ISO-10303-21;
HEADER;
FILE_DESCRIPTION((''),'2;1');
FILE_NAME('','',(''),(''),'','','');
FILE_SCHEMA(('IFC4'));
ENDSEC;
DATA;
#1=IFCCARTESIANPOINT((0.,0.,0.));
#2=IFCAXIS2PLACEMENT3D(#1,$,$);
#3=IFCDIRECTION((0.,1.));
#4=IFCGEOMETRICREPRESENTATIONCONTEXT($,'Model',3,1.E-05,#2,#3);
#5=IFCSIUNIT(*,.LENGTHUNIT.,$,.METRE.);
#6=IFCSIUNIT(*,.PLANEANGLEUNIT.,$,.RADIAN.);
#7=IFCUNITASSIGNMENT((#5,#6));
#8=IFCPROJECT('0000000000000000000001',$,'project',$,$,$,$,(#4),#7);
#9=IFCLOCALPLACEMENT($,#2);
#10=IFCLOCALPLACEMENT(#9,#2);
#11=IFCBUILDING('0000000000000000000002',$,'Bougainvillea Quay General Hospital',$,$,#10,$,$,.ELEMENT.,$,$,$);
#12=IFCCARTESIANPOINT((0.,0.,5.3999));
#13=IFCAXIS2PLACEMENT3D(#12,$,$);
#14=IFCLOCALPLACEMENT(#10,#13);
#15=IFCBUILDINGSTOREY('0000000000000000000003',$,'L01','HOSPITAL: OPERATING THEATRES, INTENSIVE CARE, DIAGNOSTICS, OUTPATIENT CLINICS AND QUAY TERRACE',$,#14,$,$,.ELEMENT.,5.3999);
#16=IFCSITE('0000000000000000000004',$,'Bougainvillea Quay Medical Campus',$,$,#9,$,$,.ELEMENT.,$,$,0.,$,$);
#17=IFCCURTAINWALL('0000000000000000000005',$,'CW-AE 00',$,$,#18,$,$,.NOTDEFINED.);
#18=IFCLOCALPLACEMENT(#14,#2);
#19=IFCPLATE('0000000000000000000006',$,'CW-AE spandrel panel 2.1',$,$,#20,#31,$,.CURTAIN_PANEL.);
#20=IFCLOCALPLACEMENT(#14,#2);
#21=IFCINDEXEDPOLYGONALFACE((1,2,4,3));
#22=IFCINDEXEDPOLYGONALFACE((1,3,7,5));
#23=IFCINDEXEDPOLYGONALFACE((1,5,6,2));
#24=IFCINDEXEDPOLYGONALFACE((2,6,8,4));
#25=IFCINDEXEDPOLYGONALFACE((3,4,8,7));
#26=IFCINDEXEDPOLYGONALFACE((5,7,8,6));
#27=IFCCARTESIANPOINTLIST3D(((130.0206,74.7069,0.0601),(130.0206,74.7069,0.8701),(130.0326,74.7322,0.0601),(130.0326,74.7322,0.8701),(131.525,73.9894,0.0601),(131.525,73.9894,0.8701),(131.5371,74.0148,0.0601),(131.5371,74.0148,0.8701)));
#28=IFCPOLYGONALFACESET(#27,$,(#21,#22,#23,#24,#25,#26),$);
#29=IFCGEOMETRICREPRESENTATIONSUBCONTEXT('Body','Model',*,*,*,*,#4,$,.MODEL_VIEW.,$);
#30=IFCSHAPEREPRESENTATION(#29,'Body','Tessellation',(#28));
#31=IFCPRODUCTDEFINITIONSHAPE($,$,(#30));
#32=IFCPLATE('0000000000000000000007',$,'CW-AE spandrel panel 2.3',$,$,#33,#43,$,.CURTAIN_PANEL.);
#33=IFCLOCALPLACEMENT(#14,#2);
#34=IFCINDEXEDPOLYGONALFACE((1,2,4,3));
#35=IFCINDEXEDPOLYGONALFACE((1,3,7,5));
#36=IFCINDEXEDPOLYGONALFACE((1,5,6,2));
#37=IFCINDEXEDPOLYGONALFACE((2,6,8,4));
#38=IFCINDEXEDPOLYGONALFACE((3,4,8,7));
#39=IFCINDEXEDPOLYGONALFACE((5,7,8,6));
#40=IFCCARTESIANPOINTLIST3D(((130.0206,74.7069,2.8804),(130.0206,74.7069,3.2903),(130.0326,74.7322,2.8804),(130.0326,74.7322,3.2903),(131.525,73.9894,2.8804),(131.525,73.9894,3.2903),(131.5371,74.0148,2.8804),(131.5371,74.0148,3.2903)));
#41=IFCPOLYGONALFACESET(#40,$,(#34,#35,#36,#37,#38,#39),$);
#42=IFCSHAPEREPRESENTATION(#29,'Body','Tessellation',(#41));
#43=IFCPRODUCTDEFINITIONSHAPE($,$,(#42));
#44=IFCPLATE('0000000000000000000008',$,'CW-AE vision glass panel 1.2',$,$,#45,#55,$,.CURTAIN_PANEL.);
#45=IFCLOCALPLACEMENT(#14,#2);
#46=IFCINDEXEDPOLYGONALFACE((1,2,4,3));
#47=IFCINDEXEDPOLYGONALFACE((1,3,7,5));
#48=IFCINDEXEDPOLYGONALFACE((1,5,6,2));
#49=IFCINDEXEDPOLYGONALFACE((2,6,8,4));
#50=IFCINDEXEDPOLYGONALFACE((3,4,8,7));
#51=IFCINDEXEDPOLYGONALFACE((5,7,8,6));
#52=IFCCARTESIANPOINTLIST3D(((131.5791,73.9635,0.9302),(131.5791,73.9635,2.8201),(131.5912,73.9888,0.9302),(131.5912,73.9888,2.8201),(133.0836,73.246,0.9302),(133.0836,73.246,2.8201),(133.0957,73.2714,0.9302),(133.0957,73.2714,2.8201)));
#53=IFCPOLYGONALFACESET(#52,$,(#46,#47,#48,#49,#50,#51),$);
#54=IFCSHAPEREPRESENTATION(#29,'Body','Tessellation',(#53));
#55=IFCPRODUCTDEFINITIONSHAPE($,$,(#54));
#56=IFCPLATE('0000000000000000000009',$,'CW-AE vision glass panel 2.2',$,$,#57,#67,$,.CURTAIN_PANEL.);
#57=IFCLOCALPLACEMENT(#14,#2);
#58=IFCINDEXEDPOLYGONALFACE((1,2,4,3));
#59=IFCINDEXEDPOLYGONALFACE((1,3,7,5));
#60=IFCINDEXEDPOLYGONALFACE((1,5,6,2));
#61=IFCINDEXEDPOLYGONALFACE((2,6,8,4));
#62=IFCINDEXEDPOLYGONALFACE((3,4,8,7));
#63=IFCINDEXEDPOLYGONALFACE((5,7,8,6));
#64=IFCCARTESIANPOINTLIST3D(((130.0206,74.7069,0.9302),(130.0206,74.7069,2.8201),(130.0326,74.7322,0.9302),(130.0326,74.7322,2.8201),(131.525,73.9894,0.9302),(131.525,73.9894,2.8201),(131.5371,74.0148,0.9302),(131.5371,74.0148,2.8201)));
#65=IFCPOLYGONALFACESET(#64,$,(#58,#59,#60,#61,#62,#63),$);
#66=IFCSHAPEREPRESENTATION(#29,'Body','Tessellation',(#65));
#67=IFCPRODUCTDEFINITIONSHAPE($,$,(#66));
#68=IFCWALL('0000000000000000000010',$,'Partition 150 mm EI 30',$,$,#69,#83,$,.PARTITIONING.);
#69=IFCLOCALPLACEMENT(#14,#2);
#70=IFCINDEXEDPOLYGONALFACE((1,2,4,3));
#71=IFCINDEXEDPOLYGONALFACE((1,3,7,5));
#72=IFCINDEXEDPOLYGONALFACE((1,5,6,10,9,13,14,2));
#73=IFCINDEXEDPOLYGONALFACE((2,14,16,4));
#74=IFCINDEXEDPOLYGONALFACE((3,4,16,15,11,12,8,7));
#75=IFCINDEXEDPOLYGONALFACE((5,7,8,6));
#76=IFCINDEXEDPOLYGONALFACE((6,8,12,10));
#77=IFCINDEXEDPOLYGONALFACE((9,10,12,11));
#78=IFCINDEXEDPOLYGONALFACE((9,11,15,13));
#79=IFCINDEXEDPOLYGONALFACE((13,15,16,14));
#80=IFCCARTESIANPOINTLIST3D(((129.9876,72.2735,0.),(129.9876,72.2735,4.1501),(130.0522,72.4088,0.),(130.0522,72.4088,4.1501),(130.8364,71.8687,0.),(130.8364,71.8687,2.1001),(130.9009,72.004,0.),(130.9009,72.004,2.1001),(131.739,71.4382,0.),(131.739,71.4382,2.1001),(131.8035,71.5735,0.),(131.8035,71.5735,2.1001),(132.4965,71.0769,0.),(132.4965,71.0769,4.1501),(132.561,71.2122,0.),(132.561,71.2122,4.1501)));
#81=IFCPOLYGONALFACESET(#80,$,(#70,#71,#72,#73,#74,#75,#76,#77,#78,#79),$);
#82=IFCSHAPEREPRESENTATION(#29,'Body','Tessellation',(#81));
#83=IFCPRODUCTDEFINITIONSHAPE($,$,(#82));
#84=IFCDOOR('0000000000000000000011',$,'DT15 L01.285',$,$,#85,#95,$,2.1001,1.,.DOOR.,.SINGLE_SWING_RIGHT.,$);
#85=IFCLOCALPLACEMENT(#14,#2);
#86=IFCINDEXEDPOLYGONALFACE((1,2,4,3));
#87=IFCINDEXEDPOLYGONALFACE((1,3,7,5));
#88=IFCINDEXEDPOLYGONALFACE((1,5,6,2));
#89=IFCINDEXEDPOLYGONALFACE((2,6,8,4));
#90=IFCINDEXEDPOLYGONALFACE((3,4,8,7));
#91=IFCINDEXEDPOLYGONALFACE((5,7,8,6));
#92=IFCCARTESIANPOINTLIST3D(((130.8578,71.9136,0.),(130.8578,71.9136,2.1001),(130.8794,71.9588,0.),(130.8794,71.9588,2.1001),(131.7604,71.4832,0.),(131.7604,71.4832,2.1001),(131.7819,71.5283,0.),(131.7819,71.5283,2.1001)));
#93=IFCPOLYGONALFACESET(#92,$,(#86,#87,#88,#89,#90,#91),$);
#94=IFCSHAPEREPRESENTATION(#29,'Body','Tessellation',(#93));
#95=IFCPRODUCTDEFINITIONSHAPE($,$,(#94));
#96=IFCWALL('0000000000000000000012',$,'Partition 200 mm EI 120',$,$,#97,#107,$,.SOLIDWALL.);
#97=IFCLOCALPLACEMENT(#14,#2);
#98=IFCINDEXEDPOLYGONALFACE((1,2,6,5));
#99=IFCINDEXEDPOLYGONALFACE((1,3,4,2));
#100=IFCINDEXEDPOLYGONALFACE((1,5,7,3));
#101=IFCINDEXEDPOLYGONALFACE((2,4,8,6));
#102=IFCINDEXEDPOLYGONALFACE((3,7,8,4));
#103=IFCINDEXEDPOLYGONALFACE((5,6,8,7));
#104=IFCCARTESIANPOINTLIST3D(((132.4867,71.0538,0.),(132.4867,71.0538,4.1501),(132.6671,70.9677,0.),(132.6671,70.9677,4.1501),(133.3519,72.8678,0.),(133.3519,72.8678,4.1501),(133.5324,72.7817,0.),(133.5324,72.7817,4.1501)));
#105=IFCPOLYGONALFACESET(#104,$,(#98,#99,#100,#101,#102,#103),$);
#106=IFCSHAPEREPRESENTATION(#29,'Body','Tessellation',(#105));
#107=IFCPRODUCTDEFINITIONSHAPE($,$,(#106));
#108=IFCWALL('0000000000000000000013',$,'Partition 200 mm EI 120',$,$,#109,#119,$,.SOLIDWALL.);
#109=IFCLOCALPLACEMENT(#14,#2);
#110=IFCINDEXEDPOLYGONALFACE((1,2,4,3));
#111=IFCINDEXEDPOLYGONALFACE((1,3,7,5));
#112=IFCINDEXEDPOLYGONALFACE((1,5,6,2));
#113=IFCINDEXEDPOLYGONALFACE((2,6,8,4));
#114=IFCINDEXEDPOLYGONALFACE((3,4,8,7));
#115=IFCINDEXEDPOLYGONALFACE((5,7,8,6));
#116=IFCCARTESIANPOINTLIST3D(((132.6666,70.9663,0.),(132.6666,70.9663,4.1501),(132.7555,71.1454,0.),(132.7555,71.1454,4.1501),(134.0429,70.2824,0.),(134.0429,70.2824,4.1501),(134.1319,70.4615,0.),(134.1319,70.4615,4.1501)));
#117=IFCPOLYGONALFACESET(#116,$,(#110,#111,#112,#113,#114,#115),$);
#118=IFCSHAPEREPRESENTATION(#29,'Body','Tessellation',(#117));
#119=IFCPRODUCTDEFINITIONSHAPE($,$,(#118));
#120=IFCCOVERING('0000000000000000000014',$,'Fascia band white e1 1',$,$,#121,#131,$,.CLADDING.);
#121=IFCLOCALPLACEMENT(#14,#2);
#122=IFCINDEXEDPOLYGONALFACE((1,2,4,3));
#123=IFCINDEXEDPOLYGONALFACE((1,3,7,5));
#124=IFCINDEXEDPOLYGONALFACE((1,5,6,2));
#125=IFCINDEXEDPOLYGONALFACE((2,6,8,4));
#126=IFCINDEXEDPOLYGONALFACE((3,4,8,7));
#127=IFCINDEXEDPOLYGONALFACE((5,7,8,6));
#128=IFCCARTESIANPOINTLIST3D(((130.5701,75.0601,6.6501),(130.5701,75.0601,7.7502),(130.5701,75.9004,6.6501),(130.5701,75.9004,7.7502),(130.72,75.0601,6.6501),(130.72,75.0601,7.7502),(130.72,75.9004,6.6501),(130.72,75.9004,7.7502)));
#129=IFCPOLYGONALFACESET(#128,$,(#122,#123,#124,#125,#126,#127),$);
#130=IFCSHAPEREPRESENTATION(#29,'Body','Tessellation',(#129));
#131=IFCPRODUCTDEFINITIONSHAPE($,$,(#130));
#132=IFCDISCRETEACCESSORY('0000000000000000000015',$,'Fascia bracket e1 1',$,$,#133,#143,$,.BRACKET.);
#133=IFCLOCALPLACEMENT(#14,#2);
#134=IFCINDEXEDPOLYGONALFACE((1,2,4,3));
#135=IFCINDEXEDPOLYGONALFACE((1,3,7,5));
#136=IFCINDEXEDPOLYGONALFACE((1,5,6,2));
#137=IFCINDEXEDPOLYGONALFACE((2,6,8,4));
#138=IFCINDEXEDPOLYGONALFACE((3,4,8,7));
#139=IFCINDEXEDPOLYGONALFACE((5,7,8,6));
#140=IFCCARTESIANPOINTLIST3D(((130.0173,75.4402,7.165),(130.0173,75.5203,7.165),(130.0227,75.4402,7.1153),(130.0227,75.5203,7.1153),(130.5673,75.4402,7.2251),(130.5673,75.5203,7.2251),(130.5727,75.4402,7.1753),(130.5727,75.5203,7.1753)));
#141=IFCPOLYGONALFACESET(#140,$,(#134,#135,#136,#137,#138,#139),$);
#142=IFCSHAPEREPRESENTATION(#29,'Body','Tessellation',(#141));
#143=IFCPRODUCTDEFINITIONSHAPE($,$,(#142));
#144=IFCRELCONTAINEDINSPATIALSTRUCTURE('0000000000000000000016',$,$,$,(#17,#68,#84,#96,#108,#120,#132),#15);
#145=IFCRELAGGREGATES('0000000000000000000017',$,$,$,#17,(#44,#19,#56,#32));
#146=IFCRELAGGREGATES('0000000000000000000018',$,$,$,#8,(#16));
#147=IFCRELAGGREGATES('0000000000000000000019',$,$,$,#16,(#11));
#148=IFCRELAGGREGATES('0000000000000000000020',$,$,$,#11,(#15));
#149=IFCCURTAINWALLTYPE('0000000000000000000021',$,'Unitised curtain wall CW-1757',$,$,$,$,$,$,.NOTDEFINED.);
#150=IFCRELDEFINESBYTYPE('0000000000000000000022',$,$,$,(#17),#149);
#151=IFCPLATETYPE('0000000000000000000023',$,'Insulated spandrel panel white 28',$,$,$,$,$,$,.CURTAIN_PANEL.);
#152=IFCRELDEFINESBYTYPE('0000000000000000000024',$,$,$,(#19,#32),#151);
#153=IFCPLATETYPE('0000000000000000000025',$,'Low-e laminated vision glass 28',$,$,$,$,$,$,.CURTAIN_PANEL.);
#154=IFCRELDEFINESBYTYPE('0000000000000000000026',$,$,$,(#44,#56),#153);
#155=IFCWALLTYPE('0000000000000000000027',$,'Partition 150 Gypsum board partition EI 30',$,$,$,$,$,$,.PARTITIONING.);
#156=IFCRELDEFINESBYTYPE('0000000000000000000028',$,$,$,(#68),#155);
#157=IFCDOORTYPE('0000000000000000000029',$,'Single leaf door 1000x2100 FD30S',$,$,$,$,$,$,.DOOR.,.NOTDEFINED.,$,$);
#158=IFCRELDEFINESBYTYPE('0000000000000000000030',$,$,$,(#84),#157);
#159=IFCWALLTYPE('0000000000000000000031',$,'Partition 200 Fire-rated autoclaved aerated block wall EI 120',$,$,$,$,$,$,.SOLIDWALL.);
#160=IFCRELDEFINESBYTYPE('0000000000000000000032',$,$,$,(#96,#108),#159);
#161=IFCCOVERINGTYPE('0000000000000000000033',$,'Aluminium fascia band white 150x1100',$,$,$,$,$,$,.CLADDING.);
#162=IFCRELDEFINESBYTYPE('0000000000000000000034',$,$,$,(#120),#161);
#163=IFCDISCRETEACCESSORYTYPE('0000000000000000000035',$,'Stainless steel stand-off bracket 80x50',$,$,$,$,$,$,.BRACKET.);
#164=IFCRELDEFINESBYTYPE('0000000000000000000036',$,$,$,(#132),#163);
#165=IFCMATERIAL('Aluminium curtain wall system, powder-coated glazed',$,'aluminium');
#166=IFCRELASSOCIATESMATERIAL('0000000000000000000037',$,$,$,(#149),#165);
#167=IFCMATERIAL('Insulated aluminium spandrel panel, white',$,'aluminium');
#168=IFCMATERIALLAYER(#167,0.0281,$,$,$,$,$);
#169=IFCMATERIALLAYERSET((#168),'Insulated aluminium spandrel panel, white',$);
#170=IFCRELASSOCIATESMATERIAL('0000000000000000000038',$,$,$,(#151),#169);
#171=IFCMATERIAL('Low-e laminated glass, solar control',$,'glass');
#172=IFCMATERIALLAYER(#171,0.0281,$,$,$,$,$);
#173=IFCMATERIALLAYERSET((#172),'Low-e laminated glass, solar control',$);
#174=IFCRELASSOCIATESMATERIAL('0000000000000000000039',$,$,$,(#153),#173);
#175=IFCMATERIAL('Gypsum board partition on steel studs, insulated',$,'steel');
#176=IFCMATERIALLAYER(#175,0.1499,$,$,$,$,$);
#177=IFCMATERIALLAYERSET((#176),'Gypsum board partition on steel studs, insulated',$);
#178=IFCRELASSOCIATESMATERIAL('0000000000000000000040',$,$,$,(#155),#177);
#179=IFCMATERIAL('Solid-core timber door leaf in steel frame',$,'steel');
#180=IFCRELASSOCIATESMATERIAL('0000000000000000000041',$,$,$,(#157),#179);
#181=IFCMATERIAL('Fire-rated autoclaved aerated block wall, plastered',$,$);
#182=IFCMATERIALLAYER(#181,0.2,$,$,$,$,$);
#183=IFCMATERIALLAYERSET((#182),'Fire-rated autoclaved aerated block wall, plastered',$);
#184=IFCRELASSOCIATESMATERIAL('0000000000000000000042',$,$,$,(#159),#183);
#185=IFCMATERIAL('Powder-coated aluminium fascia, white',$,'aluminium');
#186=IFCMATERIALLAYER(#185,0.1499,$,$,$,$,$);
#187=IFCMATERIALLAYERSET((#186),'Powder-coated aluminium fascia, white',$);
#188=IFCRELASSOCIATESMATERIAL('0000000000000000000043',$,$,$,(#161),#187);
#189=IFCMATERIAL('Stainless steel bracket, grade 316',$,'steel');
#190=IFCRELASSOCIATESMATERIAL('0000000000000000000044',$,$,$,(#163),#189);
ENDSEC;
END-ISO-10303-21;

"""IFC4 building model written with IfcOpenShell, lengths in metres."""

from ifc_helpers import new_model, si_unit, direction, frame, frame_2d, origin, origin_2d, place, context, subcontext, project, spatial, polyline, rectangle, outline, extrude, material, layer, layer_set, material_profile, profile_set, type_object, element, fill, aggregate, save


model = new_model("IFC4")

# Units and contexts
model_context = context("Model", 3, precision=1e-05, world=origin(), true_north=direction((0.0, 1.0)))
body_context = subcontext(model_context, "Body", "Model", "MODEL_VIEW")
ifc_project = project(units=[si_unit("LENGTHUNIT", "METRE"), si_unit("PLANEANGLEUNIT", "RADIAN")], contexts=[model_context])

# Site, building, storey
site_placement = place(None, origin())
site = spatial("IfcSite", under=ifc_project, at=site_placement, Name="Bougainvillea Quay Medical Campus", CompositionType="ELEMENT", RefElevation=0.0)
building_placement = place(site_placement, origin())
building = spatial("IfcBuilding", under=site, at=building_placement, Name="Bougainvillea Quay General Hospital", CompositionType="ELEMENT")
storey_placement = place(building_placement, frame((0.0, 0.0, 5.3999)))
storey = spatial("IfcBuildingStorey", under=building, at=storey_placement, Name="L01", Description="HOSPITAL: OPERATING THEATRES, INTENSIVE CARE, DIAGNOSTICS, OUTPATIENT CLINICS AND QUAY TERRACE", CompositionType="ELEMENT", Elevation=5.3999)

# Curtain wall
ifc_material_1 = material(Name="Aluminium curtain wall system, powder-coated glazed", Category="aluminium")
curtain_wall_type_1 = type_object("IfcCurtainWallType", Name="Unitised curtain wall CW-1757", PredefinedType="NOTDEFINED", material=ifc_material_1)
curtain_wall_1_placement = place(storey_placement, origin())
curtain_wall_1 = element("IfcCurtainWall", 1, at=curtain_wall_1_placement, inside=storey, type_object=curtain_wall_type_1, Name="CW-AE 00", PredefinedType="NOTDEFINED")

# Plates
ifc_material_2 = material(Name="Insulated aluminium spandrel panel, white", Category="aluminium")
ifc_layer_1 = layer(ifc_material_2, 0.0281)
ifc_layer_set_1 = layer_set([ifc_layer_1], Name="Insulated aluminium spandrel panel, white")
plate_type_1 = type_object("IfcPlateType", Name="Insulated spandrel panel white 28", PredefinedType="CURTAIN_PANEL", material=ifc_layer_set_1)
plate_1_placement = place(storey_placement, frame((130.7788, 74.3608, 0.0601), z_axis=(0.0, 0.0, 1.0), x_axis=(-0.902608, 0.430463, 0.0)))
plate_1 = element("IfcPlate", 2, at=plate_1_placement, type_object=plate_type_1, Name="CW-AE spandrel panel 2.1", PredefinedType="CURTAIN_PANEL", context=body_context, shape_type="SweptSolid", body=[
    extrude(rectangle(XDim=1.6667, YDim=0.0281, at=origin_2d()), origin(), (0.0, 0.0, 1.0), 0.8101),
])
plate_2_placement = place(storey_placement, frame((130.7788, 74.3608, 2.8804), z_axis=(0.0, 0.0, 1.0), x_axis=(-0.902608, 0.430463, 0.0)))
plate_2 = element("IfcPlate", 3, at=plate_2_placement, type_object=plate_type_1, Name="CW-AE spandrel panel 2.3", PredefinedType="CURTAIN_PANEL", context=body_context, shape_type="SweptSolid", body=[
    extrude(rectangle(XDim=1.6667, YDim=0.0281, at=origin_2d()), origin(), (0.0, 0.0, 1.0), 0.4099),
])
ifc_material_3 = material(Name="Low-e laminated glass, solar control", Category="glass")
ifc_layer_2 = layer(ifc_material_3, 0.0281)
ifc_layer_set_2 = layer_set([ifc_layer_2], Name="Low-e laminated glass, solar control")
plate_type_2 = type_object("IfcPlateType", Name="Low-e laminated vision glass 28", PredefinedType="CURTAIN_PANEL", material=ifc_layer_set_2)
plate_3_placement = place(storey_placement, frame((132.3374, 73.6174, 0.9302), z_axis=(0.0, 0.0, 1.0), x_axis=(-0.902608, 0.430463, 0.0)))
plate_3 = element("IfcPlate", 4, at=plate_3_placement, type_object=plate_type_2, Name="CW-AE vision glass panel 1.2", PredefinedType="CURTAIN_PANEL", context=body_context, shape_type="SweptSolid", body=[
    extrude(rectangle(XDim=1.6667, YDim=0.0281, at=origin_2d()), origin(), (0.0, 0.0, 1.0), 1.8899),
])
plate_4_placement = place(storey_placement, frame((130.7788, 74.3608, 0.9302), z_axis=(0.0, 0.0, 1.0), x_axis=(-0.902608, 0.430463, 0.0)))
plate_4 = element("IfcPlate", 5, at=plate_4_placement, type_object=plate_type_2, Name="CW-AE vision glass panel 2.2", PredefinedType="CURTAIN_PANEL", context=body_context, shape_type="SweptSolid", body=[
    extrude(rectangle(XDim=1.6667, YDim=0.0281, at=origin_2d()), origin(), (0.0, 0.0, 1.0), 1.8899),
])
aggregate(curtain_wall_1, [plate_3, plate_1, plate_4, plate_2])

# Wall, opening, door
ifc_material_4 = material(Name="Gypsum board partition on steel studs, insulated", Category="steel")
ifc_layer_3 = layer(ifc_material_4, 0.1499)
ifc_layer_set_3 = layer_set([ifc_layer_3], Name="Gypsum board partition on steel studs, insulated")
wall_type_1 = type_object("IfcWallType", Name="Partition 150 Gypsum board partition EI 30", PredefinedType="PARTITIONING", material=ifc_layer_set_3)
wall_1_placement = place(storey_placement, frame((130.02, 72.3411, 0.0), z_axis=(0.0, 0.0, 1.0), x_axis=(0.902599, -0.430482, 0.0)))
wall_1 = element("IfcWall", 6, at=wall_1_placement, inside=storey, type_object=wall_type_1, Name="Partition 150 mm EI 30", PredefinedType="PARTITIONING", context=body_context, shape_type="SweptSolid", body=[
    extrude(rectangle(XDim=2.7795, YDim=0.1499, at=frame_2d((1.3896, 0.0))), origin(), (0.0, 0.0, 1.0), 4.1501),
])
opening_placement = place(wall_1_placement, frame((0.9402, 0.0, 0.0)))
opening = element("IfcOpeningElement", 7, at=opening_placement, cuts=wall_1, PredefinedType="OPENING", context=body_context, shape_type="SweptSolid", body=[
    extrude(rectangle(XDim=1.0, YDim=2.1001, at=frame_2d((0.5, 1.05))), frame((0.0, 0.085, 0.0), z_axis=(0.0, -1.0, 0.0), x_axis=(1.0, 0.0, 0.0)), (0.0, 0.0, 1.0), 0.1699),
])
ifc_material_5 = material(Name="Solid-core timber door leaf in steel frame", Category="steel")
door_type = type_object("IfcDoorType", Name="Single leaf door 1000x2100 FD30S", OperationType="NOTDEFINED", PredefinedType="DOOR", material=ifc_material_5)
door_placement = place(opening_placement, origin())
door = element("IfcDoor", 8, at=door_placement, inside=storey, type_object=door_type, Name="DT15 L01.285", OperationType="SINGLE_SWING_RIGHT", OverallHeight=2.1001, OverallWidth=1.0, PredefinedType="DOOR", context=body_context, shape_type="SweptSolid", body=[
    extrude(rectangle(XDim=1.0, YDim=2.1001, at=frame_2d((0.5, 1.05))), frame((0.0, 0.0249, 0.0), z_axis=(0.0, -1.0, 0.0), x_axis=(1.0, 0.0, 0.0)), (0.0, 0.0, 1.0), 0.05),
])
fill(opening, door)

# Walls
ifc_material_6 = material(Name="Fire-rated autoclaved aerated block wall, plastered")
ifc_layer_4 = layer(ifc_material_6, 0.2)
ifc_layer_set_4 = layer_set([ifc_layer_4], Name="Fire-rated autoclaved aerated block wall, plastered")
wall_type_2 = type_object("IfcWallType", Name="Partition 200 Fire-rated autoclaved aerated block wall EI 120", PredefinedType="SOLIDWALL", material=ifc_layer_set_4)
wall_2_placement = place(storey_placement, frame((132.5769, 71.0107, 0.0), z_axis=(0.0, 0.0, 1.0), x_axis=(0.430518, 0.902582, 0.0)))
element("IfcWall", 9, at=wall_2_placement, inside=storey, type_object=wall_type_2, Name="Partition 200 mm EI 120", PredefinedType="SOLIDWALL", context=body_context, shape_type="SweptSolid", body=[
    extrude(rectangle(XDim=2.0098, YDim=0.2, at=frame_2d((1.0049, 0.0))), origin(), (0.0, 0.0, 1.0), 4.1501),
])
wall_3_placement = place(storey_placement, frame((132.7109, 71.0559, 0.0), z_axis=(0.0, 0.0, 1.0), x_axis=(0.895536, -0.444988, 0.0)))
element("IfcWall", 10, at=wall_3_placement, inside=storey, type_object=wall_type_2, Name="Partition 200 mm EI 120", PredefinedType="SOLIDWALL", context=body_context, shape_type="SweptSolid", body=[
    extrude(rectangle(XDim=1.5369, YDim=0.2, at=frame_2d((0.7686, 0.0))), origin(), (0.0, 0.0, 1.0), 4.1501),
])

# Covering
ifc_material_7 = material(Name="Powder-coated aluminium fascia, white", Category="aluminium")
ifc_layer_5 = layer(ifc_material_7, 0.1499)
ifc_layer_set_5 = layer_set([ifc_layer_5], Name="Powder-coated aluminium fascia, white")
covering_type = type_object("IfcCoveringType", Name="Aluminium fascia band white 150x1100", PredefinedType="CLADDING", material=ifc_layer_set_5)
covering_placement = place(storey_placement, frame((130.5701, 75.0601, 6.6501), z_axis=(0.0, 0.0, 1.0), x_axis=(0.0, 1.0, 0.0)))
element("IfcCovering", 11, at=covering_placement, inside=storey, type_object=covering_type, Name="Fascia band white e1 1", PredefinedType="CLADDING", context=body_context, shape_type="SweptSolid", body=[
    extrude(outline(polyline([(0.0, 0.0), (0.8403, 0.0), (0.8403, -0.1499), (0.0, -0.1499), (0.0, 0.0)])), origin(), (0.0, 0.0, 1.0), 1.1001),
])

# Discrete accessory
ifc_material_8 = material(Name="Stainless steel bracket, grade 316", Category="steel")
ifc_material_profile_1 = material_profile(ifc_material_8, rectangle(XDim=0.0801, YDim=0.05, at=origin_2d()))
ifc_profile_set_1 = profile_set([ifc_material_profile_1], Name="Stainless steel bracket, grade 316")
discrete_accessory_type = type_object("IfcDiscreteAccessoryType", Name="Stainless steel stand-off bracket 80x50", PredefinedType="BRACKET", material=ifc_profile_set_1)
discrete_accessory_placement = place(storey_placement, frame((130.02, 75.4802, 7.1401), z_axis=(0.994092, 0.0, 0.108543), x_axis=(0.0, 1.0, 0.0)))
element("IfcDiscreteAccessory", 12, at=discrete_accessory_placement, inside=storey, type_object=discrete_accessory_type, Name="Fascia bracket e1 1", PredefinedType="BRACKET", context=body_context, shape_type="SweptSolid", body=[
    extrude(rectangle(XDim=0.0801, YDim=0.05, at=origin_2d()), origin(), (0.0, 0.0, 1.0), 0.5532),
])

save(model, "model.ifc")
